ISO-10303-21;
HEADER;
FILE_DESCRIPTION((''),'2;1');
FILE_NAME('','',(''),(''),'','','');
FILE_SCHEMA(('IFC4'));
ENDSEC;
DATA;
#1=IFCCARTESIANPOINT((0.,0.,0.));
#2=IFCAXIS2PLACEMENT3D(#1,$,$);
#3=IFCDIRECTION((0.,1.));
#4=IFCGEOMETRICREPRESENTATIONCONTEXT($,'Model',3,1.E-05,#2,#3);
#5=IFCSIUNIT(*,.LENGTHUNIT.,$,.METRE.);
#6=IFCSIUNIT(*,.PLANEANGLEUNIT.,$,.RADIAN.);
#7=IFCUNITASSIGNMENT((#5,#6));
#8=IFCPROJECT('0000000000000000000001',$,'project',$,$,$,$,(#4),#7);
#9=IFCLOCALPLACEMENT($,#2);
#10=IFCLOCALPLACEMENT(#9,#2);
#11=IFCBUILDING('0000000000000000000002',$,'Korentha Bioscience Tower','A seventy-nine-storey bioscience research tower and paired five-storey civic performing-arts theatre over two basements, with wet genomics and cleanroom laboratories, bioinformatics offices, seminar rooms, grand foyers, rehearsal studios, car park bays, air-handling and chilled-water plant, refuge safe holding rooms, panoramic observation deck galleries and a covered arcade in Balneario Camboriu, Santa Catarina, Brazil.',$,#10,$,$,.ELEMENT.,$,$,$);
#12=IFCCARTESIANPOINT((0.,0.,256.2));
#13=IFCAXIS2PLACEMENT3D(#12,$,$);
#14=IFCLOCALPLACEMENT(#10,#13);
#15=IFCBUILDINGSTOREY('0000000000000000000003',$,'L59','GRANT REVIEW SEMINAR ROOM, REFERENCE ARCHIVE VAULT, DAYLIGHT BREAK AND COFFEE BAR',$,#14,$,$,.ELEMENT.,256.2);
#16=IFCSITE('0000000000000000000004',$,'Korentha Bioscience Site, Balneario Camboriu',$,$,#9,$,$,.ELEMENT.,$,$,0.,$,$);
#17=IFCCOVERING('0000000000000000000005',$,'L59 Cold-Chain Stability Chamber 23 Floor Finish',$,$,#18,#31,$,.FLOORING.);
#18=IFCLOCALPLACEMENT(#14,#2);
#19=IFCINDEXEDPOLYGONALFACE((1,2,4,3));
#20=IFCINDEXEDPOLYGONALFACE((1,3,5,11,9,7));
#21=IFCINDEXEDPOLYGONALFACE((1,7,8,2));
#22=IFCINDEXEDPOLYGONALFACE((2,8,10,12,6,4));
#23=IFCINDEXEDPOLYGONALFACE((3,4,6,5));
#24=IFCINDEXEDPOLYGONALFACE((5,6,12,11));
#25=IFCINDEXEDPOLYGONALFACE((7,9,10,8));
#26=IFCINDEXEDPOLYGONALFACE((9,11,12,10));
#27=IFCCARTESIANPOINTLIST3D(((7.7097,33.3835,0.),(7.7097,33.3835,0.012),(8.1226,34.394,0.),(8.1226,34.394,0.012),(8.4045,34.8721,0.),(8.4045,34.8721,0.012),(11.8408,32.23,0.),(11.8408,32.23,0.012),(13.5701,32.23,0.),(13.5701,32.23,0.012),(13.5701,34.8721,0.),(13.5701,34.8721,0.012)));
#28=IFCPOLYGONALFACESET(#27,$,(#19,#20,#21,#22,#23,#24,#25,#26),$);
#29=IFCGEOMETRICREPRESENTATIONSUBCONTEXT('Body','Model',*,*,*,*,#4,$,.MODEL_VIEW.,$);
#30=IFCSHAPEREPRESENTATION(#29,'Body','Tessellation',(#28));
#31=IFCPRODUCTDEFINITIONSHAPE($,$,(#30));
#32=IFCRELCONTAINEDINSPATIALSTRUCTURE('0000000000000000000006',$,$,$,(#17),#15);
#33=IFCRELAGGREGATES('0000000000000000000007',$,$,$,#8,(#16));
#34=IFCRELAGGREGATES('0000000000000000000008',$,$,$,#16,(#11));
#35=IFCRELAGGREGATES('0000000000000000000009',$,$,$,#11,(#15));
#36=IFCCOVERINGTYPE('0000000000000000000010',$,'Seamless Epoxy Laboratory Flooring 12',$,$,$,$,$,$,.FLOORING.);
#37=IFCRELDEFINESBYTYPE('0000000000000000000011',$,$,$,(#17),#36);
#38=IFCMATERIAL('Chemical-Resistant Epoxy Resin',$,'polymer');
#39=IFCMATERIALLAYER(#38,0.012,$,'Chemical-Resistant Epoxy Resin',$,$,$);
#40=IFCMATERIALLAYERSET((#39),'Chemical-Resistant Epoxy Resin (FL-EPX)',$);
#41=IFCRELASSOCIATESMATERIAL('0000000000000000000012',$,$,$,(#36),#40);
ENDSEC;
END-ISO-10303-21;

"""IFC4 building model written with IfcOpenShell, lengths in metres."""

from ifc_helpers import new_model, si_unit, direction, frame, origin, place, context, subcontext, project, spatial, polyline, outline, extrude, material, layer, layer_set, type_object, element, save


model = new_model("IFC4")

# Units and contexts
model_context = context("Model", 3, precision=1e-05, world=origin(), true_north=direction((0.0, 1.0)))
body_context = subcontext(model_context, "Body", "Model", "MODEL_VIEW")
ifc_project = project(units=[si_unit("LENGTHUNIT", "METRE"), si_unit("PLANEANGLEUNIT", "RADIAN")], contexts=[model_context])

# Site, building, storey
site_placement = place(None, origin())
site = spatial("IfcSite", under=ifc_project, at=site_placement, Name="Korentha Bioscience Site, Balneario Camboriu", CompositionType="ELEMENT", RefElevation=0.0)
building_placement = place(site_placement, origin())
building = spatial("IfcBuilding", under=site, at=building_placement, Name="Korentha Bioscience Tower", Description="A seventy-nine-storey bioscience research tower and paired five-storey civic performing-arts theatre over two basements, with wet genomics and cleanroom laboratories, bioinformatics offices, seminar rooms, grand foyers, rehearsal studios, car park bays, air-handling and chilled-water plant, refuge safe holding rooms, panoramic observation deck galleries and a covered arcade in Balneario Camboriu, Santa Catarina, Brazil.", CompositionType="ELEMENT")
storey_placement = place(building_placement, frame((0.0, 0.0, 256.2)))
storey = spatial("IfcBuildingStorey", under=building, at=storey_placement, Name="L59", Description="GRANT REVIEW SEMINAR ROOM, REFERENCE ARCHIVE VAULT, DAYLIGHT BREAK AND COFFEE BAR", CompositionType="ELEMENT", Elevation=256.2)

# Covering
ifc_material_1 = material(Name="Chemical-Resistant Epoxy Resin", Category="polymer")
ifc_layer_1 = layer(ifc_material_1, 0.012, Name="Chemical-Resistant Epoxy Resin")
ifc_layer_set_1 = layer_set([ifc_layer_1], Name="Chemical-Resistant Epoxy Resin (FL-EPX)")
covering_type_1 = type_object("IfcCoveringType", Name="Seamless Epoxy Laboratory Flooring 12", PredefinedType="FLOORING", material=ifc_layer_set_1)
covering_1_placement = place(storey_placement, origin())
element("IfcCovering", 1, at=covering_1_placement, inside=storey, type_object=covering_type_1, Name="L59 Cold-Chain Stability Chamber 23 Floor Finish", PredefinedType="FLOORING", context=body_context, shape_type="SweptSolid", body=[
    extrude(outline(polyline([(13.5701, 34.8721), (13.5701, 32.23), (11.8408, 32.23), (7.7097, 33.3835), (8.1226, 34.394), (8.4045, 34.8721), (13.5701, 34.8721)])), origin(), (0.0, 0.0, 1.0), 0.012),
])

save(model, "model.ifc")
